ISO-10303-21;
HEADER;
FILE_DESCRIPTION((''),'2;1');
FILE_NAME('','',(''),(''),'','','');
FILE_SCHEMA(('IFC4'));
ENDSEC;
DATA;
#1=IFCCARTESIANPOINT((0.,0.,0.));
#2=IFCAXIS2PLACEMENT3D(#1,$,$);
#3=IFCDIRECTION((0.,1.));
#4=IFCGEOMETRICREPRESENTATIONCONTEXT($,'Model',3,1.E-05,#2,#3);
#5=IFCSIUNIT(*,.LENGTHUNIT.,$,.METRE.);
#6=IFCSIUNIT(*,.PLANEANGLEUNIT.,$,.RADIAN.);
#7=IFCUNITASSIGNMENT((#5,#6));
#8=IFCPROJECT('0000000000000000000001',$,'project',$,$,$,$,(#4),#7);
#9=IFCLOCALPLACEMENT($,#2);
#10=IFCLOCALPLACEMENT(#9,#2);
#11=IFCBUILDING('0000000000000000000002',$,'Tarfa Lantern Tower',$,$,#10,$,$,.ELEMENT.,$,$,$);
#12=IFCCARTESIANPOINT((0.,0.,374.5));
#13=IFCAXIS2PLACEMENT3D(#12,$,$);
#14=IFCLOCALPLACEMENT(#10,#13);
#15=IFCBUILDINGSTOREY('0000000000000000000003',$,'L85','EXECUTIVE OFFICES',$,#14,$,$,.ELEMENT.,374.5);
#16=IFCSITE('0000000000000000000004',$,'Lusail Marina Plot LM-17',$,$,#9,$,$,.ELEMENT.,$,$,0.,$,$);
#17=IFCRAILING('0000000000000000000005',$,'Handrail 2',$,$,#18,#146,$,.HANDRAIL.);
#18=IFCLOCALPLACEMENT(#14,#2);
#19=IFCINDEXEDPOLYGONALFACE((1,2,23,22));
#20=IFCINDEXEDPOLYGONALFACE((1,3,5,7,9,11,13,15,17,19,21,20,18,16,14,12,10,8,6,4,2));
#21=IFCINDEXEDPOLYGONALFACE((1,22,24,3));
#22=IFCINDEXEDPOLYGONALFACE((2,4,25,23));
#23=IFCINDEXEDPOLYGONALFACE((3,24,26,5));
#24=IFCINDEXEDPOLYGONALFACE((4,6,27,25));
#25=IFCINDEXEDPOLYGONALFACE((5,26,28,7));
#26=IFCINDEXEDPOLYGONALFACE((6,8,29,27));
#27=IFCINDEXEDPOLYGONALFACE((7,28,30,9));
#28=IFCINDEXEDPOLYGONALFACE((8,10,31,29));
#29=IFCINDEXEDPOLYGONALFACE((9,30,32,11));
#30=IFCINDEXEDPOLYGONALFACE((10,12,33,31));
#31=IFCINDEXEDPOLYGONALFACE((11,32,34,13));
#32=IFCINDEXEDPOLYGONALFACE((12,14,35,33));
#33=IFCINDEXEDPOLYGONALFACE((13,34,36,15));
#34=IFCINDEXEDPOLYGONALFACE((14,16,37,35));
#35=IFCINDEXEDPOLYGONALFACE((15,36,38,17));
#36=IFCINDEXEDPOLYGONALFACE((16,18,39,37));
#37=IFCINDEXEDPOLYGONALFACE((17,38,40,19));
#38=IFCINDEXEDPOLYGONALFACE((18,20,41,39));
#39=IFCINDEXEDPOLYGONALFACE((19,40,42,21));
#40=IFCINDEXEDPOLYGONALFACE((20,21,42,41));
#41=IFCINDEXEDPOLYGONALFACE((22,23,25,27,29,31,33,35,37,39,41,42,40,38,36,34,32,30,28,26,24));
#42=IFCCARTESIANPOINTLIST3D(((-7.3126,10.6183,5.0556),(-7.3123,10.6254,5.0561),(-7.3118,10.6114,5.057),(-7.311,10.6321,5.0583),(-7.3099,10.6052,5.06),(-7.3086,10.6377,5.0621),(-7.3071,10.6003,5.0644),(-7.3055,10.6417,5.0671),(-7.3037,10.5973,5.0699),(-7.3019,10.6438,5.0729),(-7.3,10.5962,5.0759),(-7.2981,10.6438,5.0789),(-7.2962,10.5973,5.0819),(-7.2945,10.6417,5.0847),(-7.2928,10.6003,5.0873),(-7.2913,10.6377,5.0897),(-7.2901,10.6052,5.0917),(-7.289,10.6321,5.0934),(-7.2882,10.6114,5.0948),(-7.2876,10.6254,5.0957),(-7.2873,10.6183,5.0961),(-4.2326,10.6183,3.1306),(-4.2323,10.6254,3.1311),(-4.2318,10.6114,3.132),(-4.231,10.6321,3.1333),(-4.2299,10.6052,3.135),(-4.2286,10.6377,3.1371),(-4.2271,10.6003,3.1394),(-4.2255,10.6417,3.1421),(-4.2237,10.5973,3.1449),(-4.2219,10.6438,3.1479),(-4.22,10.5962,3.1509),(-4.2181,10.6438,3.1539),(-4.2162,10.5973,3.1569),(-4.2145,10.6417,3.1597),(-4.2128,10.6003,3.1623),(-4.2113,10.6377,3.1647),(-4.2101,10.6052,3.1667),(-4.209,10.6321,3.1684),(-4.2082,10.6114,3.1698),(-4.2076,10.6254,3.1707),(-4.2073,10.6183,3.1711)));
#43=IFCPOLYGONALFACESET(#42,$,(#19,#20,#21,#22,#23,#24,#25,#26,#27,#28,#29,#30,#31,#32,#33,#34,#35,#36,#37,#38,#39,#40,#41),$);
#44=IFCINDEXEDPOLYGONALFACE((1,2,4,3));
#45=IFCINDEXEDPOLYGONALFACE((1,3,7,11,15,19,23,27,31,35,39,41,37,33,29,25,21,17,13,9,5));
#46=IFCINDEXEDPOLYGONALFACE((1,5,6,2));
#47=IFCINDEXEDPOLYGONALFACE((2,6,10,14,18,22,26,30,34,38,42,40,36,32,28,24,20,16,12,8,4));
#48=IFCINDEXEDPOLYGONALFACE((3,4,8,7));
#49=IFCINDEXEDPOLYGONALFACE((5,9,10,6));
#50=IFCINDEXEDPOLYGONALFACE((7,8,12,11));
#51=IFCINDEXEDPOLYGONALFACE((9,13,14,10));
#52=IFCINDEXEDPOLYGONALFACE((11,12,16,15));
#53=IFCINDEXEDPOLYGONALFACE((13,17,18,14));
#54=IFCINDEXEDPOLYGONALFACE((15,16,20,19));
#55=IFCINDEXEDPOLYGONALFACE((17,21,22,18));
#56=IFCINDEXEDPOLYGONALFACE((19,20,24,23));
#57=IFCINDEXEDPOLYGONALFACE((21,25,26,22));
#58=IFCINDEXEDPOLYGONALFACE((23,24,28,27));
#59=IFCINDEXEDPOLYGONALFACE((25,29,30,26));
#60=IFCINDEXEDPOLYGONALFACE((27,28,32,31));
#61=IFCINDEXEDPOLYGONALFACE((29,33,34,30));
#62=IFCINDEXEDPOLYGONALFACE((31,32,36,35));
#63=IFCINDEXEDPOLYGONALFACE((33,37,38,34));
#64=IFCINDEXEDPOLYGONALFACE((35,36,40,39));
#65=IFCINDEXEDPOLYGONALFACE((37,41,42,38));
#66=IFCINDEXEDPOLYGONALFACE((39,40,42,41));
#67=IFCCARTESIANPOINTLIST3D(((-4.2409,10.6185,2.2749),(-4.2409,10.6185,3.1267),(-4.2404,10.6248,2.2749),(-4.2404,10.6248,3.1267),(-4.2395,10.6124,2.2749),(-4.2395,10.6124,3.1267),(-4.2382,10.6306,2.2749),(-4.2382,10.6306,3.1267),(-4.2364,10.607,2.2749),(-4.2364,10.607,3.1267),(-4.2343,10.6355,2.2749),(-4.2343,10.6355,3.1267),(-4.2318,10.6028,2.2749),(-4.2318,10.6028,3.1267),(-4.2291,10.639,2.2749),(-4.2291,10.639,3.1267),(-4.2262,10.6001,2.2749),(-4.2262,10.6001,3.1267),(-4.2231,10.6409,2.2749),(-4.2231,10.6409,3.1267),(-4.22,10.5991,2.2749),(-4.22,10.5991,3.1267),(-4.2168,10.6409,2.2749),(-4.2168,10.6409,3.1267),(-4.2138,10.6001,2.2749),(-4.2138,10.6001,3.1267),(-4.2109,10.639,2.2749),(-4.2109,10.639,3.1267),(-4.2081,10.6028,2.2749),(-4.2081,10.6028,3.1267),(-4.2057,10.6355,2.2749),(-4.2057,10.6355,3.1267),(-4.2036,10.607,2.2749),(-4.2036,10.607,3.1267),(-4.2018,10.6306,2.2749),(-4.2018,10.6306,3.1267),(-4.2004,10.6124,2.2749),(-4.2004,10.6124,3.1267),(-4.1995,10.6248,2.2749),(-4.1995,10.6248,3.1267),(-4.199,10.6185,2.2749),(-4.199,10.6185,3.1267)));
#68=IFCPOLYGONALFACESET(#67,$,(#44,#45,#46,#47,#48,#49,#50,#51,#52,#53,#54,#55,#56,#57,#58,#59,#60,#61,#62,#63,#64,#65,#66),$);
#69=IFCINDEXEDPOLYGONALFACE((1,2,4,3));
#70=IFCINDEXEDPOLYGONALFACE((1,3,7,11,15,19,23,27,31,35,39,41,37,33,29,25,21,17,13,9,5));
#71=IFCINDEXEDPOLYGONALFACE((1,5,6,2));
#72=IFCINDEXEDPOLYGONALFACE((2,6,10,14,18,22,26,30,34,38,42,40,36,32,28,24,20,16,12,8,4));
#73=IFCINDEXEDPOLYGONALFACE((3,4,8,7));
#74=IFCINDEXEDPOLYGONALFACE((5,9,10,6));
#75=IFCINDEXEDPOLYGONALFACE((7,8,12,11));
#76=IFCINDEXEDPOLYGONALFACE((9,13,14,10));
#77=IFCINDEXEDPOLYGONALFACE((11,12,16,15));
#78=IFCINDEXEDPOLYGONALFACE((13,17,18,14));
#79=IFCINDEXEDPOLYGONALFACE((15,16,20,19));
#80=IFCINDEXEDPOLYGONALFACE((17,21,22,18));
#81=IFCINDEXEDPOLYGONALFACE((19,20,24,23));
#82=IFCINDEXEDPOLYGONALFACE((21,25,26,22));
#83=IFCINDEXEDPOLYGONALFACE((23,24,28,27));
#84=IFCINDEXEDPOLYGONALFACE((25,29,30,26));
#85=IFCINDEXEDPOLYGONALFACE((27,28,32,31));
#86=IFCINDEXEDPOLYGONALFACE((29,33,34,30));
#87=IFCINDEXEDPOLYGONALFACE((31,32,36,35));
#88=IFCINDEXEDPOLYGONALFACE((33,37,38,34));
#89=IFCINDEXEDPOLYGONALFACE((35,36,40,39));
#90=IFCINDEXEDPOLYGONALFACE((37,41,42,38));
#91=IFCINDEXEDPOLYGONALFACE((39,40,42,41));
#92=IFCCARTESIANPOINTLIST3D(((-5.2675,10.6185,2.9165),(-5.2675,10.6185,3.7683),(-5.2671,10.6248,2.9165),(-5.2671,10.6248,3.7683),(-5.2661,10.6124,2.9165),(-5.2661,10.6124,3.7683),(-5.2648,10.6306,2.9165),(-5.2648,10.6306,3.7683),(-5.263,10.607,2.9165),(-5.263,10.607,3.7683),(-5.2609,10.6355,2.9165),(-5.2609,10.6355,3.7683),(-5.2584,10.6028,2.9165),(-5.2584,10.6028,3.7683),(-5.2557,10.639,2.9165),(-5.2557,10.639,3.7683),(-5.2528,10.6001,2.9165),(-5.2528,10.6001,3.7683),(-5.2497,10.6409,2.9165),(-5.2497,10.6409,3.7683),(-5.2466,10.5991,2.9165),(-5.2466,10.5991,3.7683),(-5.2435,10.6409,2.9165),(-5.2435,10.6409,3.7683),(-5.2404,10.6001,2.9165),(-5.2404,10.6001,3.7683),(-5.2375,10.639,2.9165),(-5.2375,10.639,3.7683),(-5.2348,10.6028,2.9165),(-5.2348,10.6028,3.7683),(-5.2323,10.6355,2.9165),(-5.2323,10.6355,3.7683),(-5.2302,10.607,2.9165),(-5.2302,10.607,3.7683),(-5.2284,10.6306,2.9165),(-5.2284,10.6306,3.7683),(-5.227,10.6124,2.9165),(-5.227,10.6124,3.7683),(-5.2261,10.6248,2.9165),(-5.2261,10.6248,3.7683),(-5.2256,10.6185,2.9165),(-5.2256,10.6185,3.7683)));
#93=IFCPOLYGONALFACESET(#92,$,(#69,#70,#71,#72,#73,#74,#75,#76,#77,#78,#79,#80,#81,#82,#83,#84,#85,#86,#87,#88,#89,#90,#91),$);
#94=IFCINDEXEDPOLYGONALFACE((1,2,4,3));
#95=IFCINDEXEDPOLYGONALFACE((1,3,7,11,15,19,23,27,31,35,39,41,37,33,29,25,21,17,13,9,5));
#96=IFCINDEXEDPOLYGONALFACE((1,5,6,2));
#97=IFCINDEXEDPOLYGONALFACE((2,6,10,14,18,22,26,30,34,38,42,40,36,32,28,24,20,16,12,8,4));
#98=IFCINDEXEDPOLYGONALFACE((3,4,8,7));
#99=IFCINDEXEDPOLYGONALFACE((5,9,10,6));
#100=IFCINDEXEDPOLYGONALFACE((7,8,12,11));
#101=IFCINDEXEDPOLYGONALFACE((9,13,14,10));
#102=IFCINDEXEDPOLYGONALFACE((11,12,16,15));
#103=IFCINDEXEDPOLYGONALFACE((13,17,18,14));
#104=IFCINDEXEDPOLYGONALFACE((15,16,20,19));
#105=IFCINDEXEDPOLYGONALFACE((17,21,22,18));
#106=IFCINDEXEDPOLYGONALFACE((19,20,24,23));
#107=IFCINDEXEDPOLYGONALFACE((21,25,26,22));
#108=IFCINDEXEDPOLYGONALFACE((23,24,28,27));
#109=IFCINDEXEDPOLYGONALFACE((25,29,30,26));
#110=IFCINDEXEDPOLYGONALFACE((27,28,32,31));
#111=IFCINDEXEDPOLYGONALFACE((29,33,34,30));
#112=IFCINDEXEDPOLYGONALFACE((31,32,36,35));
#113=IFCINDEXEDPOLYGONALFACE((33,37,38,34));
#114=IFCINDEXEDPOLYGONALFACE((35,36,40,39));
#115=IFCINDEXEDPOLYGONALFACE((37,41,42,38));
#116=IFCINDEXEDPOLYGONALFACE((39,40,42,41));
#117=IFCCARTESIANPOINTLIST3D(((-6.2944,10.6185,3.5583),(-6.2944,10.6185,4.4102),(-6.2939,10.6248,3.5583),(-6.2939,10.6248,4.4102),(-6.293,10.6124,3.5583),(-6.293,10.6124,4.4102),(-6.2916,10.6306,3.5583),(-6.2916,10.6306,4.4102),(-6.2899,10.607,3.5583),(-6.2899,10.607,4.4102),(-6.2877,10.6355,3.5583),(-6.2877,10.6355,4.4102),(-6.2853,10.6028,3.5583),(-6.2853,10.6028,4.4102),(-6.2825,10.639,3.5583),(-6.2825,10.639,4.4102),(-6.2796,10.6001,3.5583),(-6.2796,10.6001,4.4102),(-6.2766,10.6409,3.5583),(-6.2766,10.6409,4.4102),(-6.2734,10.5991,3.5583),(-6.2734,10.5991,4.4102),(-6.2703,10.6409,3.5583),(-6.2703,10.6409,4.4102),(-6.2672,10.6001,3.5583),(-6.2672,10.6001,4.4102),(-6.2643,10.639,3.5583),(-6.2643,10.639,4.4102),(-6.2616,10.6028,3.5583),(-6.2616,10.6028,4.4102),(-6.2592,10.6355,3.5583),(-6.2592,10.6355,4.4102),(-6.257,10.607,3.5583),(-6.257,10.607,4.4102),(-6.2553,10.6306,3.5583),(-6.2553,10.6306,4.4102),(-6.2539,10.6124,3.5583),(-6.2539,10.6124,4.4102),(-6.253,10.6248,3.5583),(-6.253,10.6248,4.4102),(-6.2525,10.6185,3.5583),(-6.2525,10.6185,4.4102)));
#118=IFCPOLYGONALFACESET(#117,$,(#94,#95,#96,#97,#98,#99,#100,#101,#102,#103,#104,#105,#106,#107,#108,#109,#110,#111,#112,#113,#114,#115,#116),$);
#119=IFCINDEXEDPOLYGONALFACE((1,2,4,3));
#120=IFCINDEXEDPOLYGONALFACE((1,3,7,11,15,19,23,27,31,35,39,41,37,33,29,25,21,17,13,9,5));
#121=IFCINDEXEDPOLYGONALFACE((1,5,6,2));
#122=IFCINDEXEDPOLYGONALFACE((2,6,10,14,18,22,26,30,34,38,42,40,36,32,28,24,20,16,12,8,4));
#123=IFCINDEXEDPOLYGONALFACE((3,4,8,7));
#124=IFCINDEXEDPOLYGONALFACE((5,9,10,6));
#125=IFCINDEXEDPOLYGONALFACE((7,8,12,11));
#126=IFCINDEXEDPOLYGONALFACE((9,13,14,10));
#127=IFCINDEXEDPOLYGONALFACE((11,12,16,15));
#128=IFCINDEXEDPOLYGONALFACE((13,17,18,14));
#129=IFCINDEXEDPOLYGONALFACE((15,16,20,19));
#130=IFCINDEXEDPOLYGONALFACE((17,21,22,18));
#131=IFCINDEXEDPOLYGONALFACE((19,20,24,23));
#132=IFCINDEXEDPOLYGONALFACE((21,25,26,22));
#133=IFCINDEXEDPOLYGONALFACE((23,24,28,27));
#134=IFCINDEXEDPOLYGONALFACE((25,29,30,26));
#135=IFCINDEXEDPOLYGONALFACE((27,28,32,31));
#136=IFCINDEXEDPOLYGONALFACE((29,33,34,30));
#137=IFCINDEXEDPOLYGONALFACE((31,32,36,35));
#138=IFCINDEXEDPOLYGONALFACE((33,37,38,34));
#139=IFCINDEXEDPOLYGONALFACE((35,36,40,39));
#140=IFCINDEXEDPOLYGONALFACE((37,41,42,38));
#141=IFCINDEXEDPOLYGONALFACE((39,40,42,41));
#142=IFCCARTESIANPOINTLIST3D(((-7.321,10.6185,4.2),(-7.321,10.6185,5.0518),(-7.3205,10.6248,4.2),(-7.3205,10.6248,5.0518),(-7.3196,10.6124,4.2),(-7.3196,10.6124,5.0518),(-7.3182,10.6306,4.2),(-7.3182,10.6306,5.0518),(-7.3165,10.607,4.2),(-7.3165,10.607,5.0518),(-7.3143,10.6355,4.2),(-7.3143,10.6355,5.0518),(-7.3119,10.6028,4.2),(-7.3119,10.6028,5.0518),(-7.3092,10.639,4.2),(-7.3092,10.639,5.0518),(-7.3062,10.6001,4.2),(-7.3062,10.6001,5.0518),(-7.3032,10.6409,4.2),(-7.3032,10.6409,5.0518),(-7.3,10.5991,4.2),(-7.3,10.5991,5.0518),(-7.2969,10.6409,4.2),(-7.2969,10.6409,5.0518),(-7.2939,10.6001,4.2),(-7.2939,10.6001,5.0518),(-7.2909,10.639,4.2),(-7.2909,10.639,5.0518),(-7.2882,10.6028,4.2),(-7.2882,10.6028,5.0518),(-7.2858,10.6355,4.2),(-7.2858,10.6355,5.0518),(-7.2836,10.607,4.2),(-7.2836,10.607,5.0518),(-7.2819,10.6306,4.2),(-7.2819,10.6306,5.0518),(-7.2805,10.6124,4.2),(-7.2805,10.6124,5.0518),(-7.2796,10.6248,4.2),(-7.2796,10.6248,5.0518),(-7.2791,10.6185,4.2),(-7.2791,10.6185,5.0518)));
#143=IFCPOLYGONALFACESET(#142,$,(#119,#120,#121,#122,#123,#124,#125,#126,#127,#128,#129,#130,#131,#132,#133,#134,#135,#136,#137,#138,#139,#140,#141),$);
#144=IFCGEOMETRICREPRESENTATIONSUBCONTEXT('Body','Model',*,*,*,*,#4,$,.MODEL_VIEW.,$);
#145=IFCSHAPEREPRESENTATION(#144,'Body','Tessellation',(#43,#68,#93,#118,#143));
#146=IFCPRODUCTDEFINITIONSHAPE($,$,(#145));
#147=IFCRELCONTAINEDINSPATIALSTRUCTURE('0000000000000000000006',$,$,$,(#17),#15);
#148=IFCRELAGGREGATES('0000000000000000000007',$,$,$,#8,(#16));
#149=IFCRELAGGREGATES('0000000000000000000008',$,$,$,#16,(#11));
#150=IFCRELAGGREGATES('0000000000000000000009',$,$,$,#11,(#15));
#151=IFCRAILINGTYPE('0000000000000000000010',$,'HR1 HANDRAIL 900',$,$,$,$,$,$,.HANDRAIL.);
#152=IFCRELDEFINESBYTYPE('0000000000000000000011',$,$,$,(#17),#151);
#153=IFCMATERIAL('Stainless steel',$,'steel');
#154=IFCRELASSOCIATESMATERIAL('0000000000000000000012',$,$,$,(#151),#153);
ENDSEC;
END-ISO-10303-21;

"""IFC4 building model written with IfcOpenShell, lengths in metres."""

from ifc_helpers import new_model, si_unit, direction, frame, origin, origin_2d, place, context, subcontext, project, spatial, circle, extrude, material, type_object, element, save


model = new_model("IFC4")

# Units and contexts
model_context = context("Model", 3, precision=1e-05, world=origin(), true_north=direction((0.0, 1.0)))
body_context = subcontext(model_context, "Body", "Model", "MODEL_VIEW")
ifc_project = project(units=[si_unit("LENGTHUNIT", "METRE"), si_unit("PLANEANGLEUNIT", "RADIAN")], contexts=[model_context])

# Site, building, storey
site_placement = place(None, origin())
site = spatial("IfcSite", under=ifc_project, at=site_placement, Name="Lusail Marina Plot LM-17", CompositionType="ELEMENT", RefElevation=0.0)
building_placement = place(site_placement, origin())
building = spatial("IfcBuilding", under=site, at=building_placement, Name="Tarfa Lantern Tower", CompositionType="ELEMENT")
storey_placement = place(building_placement, frame((0.0, 0.0, 374.5)))
storey = spatial("IfcBuildingStorey", under=building, at=storey_placement, Name="L85", Description="EXECUTIVE OFFICES", CompositionType="ELEMENT", Elevation=374.5)

# Railing
ifc_material_1 = material(Name="Stainless steel", Category="steel")
railing_type = type_object("IfcRailingType", Name="HR1 HANDRAIL 900", PredefinedType="HANDRAIL", material=ifc_material_1)
railing_1_placement = place(storey_placement, frame((-4.22, 10.6201, 2.2749)))
element("IfcRailing", 1, at=railing_1_placement, inside=storey, type_object=railing_type, Name="Handrail 2", PredefinedType="HANDRAIL", context=body_context, shape_type="SweptSolid", body=[
    extrude(circle(Radius=0.0239, at=origin_2d()), frame((0.0, 0.0, 0.876), z_axis=(-0.847998, 0.0, 0.529999), x_axis=(0.0, -1.0, 0.0)), (0.0, 0.0, 1.0), 3.6321),
    extrude(circle(Radius=0.021, at=origin_2d()), frame((0.0, 0.0, 0.0), z_axis=(0.0, 0.0, 1.0), x_axis=(0.0, -1.0, 0.0)), (0.0, 0.0, 1.0), 0.8518),
    extrude(circle(Radius=0.021, at=origin_2d()), frame((-1.0266, 0.0, 0.6416), z_axis=(0.0, 0.0, 1.0), x_axis=(0.0, -1.0, 0.0)), (0.0, 0.0, 1.0), 0.8518),
    extrude(circle(Radius=0.021, at=origin_2d()), frame((-2.0535, 0.0, 1.2834), z_axis=(0.0, 0.0, 1.0), x_axis=(0.0, -1.0, 0.0)), (0.0, 0.0, 1.0), 0.8518),
    extrude(circle(Radius=0.021, at=origin_2d()), frame((-3.0801, 0.0, 1.925), z_axis=(0.0, 0.0, 1.0), x_axis=(0.0, -1.0, 0.0)), (0.0, 0.0, 1.0), 0.8518),
])

save(model, "model.ifc")
